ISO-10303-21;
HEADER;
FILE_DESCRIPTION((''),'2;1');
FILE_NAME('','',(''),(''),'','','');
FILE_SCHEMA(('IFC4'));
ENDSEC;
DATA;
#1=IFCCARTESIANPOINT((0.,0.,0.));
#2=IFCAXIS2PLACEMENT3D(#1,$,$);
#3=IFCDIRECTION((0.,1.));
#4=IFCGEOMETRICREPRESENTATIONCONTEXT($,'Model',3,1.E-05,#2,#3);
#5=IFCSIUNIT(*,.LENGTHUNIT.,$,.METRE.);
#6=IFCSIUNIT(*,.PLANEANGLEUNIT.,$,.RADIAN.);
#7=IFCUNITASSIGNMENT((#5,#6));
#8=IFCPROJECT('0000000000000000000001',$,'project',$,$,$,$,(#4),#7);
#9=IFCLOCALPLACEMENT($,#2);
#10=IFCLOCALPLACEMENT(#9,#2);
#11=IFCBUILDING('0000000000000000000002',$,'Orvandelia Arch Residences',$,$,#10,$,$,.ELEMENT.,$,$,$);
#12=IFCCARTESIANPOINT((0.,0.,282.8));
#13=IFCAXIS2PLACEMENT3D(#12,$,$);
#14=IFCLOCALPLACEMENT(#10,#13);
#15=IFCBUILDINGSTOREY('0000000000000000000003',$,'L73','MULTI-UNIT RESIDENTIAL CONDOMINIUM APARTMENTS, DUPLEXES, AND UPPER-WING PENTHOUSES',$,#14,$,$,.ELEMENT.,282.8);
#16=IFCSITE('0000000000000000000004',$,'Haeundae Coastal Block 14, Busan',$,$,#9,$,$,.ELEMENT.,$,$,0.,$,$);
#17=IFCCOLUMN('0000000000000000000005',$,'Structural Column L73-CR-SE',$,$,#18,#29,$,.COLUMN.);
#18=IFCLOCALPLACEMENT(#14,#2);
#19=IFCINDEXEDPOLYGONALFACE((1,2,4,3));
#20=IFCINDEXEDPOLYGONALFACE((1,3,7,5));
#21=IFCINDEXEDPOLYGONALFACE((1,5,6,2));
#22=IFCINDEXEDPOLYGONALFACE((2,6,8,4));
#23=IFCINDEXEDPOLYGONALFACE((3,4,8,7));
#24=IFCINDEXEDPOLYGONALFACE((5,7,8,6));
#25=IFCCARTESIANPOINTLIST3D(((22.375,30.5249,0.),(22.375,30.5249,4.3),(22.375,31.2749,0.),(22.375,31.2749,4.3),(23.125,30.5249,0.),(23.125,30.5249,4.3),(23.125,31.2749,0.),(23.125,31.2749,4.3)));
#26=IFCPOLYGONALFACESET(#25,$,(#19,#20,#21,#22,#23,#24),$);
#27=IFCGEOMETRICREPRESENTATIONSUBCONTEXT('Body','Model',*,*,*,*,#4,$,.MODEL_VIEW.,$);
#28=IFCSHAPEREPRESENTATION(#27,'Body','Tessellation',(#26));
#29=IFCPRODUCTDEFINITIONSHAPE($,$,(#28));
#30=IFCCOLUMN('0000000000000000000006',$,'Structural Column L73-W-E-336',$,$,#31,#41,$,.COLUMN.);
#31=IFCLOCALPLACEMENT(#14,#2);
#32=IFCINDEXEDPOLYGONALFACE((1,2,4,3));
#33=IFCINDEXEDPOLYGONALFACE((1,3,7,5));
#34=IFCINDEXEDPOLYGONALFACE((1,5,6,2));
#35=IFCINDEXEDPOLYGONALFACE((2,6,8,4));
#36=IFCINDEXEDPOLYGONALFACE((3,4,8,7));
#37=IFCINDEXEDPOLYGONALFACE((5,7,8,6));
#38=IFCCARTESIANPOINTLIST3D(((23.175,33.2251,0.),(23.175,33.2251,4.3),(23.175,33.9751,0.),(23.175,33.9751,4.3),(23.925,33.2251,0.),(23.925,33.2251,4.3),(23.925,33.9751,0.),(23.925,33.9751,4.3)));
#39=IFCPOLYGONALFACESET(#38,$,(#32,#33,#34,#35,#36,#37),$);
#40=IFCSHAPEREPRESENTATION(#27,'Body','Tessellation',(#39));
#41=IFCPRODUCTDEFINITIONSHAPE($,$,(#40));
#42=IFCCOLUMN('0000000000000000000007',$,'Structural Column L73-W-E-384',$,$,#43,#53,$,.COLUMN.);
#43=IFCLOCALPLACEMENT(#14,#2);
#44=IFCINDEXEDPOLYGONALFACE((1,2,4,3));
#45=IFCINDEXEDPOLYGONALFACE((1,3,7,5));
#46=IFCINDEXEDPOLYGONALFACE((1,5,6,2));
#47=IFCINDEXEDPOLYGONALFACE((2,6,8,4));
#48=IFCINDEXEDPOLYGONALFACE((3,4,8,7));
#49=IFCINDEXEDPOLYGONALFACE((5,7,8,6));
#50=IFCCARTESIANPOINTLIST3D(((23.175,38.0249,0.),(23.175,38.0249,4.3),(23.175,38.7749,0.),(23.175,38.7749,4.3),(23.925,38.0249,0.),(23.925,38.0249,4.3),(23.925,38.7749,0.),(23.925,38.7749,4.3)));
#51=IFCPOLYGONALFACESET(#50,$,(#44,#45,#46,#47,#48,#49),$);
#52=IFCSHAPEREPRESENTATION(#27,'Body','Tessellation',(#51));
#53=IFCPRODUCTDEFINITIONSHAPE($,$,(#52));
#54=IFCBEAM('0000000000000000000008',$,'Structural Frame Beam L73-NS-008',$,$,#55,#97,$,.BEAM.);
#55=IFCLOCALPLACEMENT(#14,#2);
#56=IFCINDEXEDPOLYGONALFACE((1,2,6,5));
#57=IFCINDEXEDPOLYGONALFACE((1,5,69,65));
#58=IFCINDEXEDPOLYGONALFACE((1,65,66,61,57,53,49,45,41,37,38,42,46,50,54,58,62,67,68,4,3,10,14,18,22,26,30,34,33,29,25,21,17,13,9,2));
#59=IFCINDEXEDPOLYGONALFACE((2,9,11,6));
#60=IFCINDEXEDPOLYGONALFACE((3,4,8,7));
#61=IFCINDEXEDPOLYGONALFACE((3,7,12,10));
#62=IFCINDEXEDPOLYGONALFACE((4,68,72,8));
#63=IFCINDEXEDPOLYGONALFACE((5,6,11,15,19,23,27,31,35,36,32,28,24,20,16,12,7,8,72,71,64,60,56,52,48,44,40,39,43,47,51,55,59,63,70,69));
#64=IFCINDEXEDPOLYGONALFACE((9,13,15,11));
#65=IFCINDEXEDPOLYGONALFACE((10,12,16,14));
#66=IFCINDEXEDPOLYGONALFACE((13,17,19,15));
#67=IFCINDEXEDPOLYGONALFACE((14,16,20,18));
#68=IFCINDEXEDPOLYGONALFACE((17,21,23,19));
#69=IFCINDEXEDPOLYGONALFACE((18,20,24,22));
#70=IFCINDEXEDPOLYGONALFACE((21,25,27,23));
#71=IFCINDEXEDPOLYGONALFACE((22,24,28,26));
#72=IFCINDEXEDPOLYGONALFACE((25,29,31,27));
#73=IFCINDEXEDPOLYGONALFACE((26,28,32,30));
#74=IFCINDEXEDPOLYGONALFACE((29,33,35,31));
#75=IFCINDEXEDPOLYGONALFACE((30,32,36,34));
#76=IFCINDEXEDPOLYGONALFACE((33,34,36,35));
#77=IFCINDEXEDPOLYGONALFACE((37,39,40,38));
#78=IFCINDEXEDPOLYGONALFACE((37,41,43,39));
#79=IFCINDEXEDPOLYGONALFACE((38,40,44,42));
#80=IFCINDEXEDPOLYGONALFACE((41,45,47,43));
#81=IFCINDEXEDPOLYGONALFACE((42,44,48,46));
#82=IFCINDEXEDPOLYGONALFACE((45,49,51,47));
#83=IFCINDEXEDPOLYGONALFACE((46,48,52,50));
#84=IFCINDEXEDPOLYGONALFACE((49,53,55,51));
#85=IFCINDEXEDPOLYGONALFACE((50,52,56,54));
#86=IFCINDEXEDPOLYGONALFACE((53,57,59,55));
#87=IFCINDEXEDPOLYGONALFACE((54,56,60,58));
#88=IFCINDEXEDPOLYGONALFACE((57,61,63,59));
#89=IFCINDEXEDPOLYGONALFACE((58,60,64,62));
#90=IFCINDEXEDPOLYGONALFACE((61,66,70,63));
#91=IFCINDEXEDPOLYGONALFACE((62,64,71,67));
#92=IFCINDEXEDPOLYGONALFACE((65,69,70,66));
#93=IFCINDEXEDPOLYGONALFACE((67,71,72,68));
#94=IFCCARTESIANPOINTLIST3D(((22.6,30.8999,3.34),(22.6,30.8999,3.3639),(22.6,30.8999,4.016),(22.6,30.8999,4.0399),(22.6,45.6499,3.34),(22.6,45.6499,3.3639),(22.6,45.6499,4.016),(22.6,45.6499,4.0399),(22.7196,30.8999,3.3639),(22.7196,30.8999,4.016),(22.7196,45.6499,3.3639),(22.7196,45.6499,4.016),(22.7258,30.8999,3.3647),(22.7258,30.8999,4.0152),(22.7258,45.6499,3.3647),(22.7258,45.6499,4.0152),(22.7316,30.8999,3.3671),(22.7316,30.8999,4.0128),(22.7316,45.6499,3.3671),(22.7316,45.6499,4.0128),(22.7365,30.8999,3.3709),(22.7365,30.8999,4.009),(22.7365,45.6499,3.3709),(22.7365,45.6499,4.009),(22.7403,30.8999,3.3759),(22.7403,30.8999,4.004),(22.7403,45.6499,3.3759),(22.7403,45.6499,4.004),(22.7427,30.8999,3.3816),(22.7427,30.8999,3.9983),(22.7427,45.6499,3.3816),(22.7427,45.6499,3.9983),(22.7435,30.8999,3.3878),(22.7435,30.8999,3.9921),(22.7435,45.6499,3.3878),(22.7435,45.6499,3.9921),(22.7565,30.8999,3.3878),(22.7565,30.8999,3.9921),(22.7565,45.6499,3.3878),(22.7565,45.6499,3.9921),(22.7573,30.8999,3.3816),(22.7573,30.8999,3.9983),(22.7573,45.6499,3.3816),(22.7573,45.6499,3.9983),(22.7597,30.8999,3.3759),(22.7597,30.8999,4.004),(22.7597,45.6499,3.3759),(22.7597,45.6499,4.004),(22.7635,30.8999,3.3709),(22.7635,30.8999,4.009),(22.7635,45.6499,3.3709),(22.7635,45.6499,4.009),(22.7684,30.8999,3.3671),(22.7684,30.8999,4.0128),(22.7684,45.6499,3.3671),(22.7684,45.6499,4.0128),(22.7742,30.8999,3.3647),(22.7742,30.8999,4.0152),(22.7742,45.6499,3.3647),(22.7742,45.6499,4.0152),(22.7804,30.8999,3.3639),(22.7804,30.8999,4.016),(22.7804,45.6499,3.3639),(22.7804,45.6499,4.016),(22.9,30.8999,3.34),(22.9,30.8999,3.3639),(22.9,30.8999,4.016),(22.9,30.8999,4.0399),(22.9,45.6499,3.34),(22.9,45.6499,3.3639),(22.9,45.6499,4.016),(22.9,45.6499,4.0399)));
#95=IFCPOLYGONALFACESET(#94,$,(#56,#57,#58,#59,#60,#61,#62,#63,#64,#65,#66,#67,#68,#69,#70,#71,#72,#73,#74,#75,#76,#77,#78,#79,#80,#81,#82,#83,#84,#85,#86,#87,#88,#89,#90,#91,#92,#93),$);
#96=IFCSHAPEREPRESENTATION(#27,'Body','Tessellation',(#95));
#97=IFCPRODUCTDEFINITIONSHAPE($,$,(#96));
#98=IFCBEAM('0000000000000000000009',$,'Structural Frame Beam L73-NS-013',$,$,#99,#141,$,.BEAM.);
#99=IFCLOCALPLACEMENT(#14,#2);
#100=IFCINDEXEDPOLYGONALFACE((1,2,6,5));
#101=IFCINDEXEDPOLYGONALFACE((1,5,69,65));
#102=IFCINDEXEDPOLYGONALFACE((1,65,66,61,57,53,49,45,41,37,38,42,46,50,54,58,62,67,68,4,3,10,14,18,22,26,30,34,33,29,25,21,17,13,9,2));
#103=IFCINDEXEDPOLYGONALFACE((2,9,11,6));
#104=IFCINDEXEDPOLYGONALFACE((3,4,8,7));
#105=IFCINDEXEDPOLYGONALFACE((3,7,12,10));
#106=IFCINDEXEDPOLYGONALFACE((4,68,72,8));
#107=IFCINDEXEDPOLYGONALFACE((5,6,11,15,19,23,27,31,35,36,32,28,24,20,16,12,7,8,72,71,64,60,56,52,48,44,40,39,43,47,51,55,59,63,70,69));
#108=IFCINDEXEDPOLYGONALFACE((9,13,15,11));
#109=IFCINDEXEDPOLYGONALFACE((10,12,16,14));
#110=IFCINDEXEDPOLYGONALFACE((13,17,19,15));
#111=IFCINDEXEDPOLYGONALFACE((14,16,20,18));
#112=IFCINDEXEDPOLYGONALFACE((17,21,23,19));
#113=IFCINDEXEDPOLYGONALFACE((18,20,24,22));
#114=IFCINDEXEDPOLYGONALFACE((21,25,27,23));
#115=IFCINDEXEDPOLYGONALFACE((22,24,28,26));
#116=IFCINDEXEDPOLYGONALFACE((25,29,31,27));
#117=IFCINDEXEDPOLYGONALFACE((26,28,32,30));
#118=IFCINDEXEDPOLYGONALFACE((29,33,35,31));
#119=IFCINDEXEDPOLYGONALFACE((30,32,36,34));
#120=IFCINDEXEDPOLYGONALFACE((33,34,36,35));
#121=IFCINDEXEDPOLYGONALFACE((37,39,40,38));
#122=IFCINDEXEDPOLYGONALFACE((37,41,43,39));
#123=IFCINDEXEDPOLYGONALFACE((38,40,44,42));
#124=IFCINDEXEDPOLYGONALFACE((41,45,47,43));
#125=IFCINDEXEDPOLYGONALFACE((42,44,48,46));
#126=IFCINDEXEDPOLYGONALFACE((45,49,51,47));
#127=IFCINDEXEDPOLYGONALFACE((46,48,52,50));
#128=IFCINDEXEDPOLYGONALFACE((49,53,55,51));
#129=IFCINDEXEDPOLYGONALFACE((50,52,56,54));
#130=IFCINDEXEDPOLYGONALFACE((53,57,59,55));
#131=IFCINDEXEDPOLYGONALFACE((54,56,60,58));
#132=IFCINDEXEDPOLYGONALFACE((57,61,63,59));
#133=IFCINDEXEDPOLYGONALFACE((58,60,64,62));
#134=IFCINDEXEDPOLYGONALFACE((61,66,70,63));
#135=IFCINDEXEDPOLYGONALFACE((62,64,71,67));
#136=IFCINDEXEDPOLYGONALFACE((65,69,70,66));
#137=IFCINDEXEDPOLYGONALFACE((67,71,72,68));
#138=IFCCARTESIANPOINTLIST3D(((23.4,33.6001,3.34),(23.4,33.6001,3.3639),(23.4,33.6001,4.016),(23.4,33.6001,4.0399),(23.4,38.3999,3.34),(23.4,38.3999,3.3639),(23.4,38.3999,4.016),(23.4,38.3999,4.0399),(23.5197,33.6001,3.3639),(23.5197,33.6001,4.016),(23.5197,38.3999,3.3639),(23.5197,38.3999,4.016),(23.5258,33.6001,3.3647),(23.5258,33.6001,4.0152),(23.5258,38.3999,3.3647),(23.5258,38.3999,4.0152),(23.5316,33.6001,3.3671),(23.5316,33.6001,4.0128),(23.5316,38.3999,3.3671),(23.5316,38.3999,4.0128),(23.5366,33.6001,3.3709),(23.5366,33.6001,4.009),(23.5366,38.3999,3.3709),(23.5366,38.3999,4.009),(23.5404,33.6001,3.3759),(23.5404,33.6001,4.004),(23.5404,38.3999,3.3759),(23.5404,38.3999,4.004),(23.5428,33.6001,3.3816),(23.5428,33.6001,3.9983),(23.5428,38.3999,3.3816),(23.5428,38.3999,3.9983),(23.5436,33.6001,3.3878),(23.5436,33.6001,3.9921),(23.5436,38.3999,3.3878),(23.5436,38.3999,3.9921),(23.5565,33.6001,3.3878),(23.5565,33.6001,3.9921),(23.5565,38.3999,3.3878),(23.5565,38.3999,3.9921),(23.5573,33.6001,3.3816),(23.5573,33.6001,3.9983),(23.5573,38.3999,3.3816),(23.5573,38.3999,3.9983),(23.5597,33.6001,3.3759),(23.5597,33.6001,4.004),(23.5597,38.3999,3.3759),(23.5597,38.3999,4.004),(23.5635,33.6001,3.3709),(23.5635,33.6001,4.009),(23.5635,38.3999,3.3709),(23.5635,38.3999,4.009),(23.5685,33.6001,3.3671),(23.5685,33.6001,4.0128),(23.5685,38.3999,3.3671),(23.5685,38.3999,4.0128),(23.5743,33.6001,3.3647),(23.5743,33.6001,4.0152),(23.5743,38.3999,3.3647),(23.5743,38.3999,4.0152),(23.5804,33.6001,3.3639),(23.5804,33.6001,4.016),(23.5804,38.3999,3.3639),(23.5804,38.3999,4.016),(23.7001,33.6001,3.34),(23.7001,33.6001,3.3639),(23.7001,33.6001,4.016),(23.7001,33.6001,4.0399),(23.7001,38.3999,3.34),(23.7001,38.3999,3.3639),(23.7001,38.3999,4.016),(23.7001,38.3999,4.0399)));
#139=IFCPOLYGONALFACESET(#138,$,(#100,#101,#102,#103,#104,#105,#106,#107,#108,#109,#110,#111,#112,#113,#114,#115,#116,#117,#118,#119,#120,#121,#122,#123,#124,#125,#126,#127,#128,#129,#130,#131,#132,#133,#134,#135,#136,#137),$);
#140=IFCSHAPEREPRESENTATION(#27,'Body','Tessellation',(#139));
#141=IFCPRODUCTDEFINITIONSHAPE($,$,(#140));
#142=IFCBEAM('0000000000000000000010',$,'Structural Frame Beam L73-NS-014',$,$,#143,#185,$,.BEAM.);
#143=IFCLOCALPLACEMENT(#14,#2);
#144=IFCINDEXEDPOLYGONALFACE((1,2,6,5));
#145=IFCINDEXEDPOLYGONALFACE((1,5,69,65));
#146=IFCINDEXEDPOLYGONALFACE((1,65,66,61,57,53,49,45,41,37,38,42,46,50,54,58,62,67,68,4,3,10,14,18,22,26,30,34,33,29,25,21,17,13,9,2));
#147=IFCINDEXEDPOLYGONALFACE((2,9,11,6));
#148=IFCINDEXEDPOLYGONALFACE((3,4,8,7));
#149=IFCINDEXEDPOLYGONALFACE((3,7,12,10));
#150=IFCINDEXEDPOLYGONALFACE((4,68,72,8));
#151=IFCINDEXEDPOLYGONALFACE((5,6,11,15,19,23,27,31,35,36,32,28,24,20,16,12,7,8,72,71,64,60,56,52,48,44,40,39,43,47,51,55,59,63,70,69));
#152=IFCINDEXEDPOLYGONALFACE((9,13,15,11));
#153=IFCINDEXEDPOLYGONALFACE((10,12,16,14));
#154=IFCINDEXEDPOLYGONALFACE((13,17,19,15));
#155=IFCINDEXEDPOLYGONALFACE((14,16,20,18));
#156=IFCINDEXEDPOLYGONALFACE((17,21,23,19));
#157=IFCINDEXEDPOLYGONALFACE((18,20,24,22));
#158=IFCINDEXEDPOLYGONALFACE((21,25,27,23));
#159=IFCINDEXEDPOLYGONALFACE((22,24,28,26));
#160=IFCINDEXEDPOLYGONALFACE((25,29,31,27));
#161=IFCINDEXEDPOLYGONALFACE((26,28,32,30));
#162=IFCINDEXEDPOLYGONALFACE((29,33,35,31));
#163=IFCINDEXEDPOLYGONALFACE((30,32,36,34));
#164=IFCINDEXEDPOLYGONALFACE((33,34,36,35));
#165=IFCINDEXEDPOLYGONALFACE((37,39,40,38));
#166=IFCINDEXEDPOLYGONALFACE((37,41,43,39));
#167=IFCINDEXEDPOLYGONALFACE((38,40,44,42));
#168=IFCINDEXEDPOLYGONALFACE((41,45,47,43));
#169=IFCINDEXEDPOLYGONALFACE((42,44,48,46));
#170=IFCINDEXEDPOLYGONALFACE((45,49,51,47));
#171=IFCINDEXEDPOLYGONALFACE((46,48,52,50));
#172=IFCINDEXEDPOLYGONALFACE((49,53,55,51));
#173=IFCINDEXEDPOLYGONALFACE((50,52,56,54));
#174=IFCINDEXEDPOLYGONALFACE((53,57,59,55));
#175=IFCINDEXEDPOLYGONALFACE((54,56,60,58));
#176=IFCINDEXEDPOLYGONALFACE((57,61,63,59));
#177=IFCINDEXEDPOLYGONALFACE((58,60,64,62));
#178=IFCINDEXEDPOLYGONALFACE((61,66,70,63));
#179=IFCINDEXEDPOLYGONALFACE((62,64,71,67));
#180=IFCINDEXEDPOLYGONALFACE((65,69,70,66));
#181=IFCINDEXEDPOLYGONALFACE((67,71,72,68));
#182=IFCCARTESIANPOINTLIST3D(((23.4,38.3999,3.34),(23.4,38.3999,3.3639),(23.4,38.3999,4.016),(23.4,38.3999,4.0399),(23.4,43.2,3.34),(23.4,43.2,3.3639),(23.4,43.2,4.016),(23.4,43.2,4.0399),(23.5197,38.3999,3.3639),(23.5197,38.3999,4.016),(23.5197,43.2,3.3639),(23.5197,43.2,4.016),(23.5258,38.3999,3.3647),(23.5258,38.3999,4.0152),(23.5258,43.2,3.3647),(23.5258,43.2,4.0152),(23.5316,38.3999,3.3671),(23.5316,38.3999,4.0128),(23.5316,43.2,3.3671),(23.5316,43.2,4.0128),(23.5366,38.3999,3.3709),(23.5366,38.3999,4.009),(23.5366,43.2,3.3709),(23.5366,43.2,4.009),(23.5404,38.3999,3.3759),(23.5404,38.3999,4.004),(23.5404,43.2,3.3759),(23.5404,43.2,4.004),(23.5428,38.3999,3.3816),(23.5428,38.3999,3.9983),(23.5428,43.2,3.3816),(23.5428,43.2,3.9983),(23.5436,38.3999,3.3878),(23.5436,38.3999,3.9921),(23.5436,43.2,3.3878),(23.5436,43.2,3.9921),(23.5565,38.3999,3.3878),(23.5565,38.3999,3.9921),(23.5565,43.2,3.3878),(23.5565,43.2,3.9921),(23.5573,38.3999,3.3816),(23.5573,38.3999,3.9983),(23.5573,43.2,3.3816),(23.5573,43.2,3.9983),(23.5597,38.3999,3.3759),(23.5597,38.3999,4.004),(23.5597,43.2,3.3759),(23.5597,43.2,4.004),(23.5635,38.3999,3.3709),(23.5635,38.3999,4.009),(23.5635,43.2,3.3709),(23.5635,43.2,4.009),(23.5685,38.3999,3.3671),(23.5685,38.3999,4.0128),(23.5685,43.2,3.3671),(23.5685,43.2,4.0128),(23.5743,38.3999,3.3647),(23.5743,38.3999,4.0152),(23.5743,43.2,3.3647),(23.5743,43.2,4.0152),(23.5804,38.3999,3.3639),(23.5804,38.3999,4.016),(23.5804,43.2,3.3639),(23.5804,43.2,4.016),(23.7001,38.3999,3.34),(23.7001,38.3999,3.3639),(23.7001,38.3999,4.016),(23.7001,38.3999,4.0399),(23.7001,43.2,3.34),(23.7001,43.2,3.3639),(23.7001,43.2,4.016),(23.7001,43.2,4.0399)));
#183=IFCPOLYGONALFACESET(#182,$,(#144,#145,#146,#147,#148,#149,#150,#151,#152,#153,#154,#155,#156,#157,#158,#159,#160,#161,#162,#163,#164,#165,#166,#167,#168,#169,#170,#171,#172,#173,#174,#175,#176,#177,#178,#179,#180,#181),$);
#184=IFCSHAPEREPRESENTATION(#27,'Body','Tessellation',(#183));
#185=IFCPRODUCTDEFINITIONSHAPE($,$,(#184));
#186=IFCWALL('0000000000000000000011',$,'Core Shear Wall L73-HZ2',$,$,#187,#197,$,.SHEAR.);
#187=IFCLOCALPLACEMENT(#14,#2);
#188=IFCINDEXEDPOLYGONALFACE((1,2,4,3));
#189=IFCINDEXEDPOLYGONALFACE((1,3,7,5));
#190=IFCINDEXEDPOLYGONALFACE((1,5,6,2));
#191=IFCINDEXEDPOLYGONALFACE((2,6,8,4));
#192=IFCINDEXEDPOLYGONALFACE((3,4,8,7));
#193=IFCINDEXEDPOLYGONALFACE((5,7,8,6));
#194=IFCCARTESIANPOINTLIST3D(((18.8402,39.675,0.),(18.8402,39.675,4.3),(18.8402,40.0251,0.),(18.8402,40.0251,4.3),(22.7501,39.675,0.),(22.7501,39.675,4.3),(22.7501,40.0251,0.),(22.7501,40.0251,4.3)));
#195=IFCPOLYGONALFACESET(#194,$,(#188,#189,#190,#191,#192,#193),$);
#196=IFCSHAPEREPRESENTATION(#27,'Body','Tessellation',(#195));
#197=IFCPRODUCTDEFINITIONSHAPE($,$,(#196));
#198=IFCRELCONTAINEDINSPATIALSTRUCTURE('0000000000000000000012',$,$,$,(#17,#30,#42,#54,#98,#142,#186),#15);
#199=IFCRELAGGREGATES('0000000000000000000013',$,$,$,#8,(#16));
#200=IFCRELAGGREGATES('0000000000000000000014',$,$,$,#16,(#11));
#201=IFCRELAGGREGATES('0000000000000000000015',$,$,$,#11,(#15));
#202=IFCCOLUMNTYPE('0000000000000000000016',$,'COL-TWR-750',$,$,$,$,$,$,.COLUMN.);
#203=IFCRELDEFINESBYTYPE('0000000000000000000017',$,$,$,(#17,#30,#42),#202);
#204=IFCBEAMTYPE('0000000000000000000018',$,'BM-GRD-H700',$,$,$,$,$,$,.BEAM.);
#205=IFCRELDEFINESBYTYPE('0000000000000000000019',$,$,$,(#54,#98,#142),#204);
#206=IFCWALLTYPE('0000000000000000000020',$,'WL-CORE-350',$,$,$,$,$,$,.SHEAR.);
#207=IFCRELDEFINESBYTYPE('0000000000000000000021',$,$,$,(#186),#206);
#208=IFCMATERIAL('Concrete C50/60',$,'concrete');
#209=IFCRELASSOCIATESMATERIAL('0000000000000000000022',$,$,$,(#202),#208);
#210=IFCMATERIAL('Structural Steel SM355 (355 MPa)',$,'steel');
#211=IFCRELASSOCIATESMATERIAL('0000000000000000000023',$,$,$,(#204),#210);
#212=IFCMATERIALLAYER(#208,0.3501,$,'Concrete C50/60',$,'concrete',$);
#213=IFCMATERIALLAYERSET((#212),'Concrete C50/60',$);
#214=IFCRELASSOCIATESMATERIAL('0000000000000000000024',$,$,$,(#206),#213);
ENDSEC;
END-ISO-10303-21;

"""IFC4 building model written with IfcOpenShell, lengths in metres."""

from ifc_helpers import new_model, si_unit, direction, frame, frame_2d, origin, origin_2d, place, context, subcontext, project, spatial, rectangle, i_section, extrude, material, layer, layer_set, material_profile, profile_set, type_object, element, save


model = new_model("IFC4")

# Units and contexts
model_context = context("Model", 3, precision=1e-05, world=origin(), true_north=direction((0.0, 1.0)))
body_context = subcontext(model_context, "Body", "Model", "MODEL_VIEW")
ifc_project = project(units=[si_unit("LENGTHUNIT", "METRE"), si_unit("PLANEANGLEUNIT", "RADIAN")], contexts=[model_context])

# Site, building, storey
site_placement = place(None, origin())
site = spatial("IfcSite", under=ifc_project, at=site_placement, Name="Haeundae Coastal Block 14, Busan", CompositionType="ELEMENT", RefElevation=0.0)
building_placement = place(site_placement, origin())
building = spatial("IfcBuilding", under=site, at=building_placement, Name="Orvandelia Arch Residences", CompositionType="ELEMENT")
storey_placement = place(building_placement, frame((0.0, 0.0, 282.8)))
storey = spatial("IfcBuildingStorey", under=building, at=storey_placement, Name="L73", Description="MULTI-UNIT RESIDENTIAL CONDOMINIUM APARTMENTS, DUPLEXES, AND UPPER-WING PENTHOUSES", CompositionType="ELEMENT", Elevation=282.8)

# Columns
ifc_material_1 = material(Name="Concrete C50/60", Category="concrete")
ifc_material_profile_1 = material_profile(ifc_material_1, rectangle(XDim=0.75, YDim=0.75, at=origin_2d()), Name="Concrete C50/60", Category="concrete")
ifc_profile_set_1 = profile_set([ifc_material_profile_1], Name="Concrete C50/60")
column_type = type_object("IfcColumnType", Name="COL-TWR-750", PredefinedType="COLUMN", material=ifc_profile_set_1)
for number, where, z_axis, x_axis, name in (
    (1, (22.75, 30.8999, 0.0), (0.0, 0.0, 1.0), (1.0, 0.0, 0.0), "Structural Column L73-CR-SE"),
    (2, (23.55, 33.6001, 0.0), (0.0, 0.0, 1.0), (1.0, 0.0, 0.0), "Structural Column L73-W-E-336"),
    (3, (23.55, 38.3999, 0.0), (0.0, 0.0, 1.0), (1.0, 0.0, 0.0), "Structural Column L73-W-E-384"),
):
    element("IfcColumn", number, at=place(storey_placement, frame(where, z_axis=z_axis, x_axis=x_axis)), inside=storey, type_object=column_type, Name=name, PredefinedType="COLUMN", context=body_context, shape_type="SweptSolid", body=[
        extrude(rectangle(XDim=0.75, YDim=0.75, at=origin_2d()), origin(), (0.0, 0.0, 1.0), 4.3),
    ])

# Beams
ifc_material_2 = material(Name="Structural Steel SM355 (355 MPa)", Category="steel")
ifc_material_profile_2 = material_profile(ifc_material_2, i_section(OverallWidth=0.3, OverallDepth=0.7, WebThickness=0.0129, FlangeThickness=0.0239, FilletRadius=0.0239, at=origin_2d()), Name="Structural Steel SM355 (355 MPa)", Category="steel")
ifc_profile_set_2 = profile_set([ifc_material_profile_2], Name="Structural Steel SM355 (355 MPa)")
beam_type = type_object("IfcBeamType", Name="BM-GRD-H700", PredefinedType="BEAM", material=ifc_profile_set_2)
beam_1_placement = place(storey_placement, frame((22.75, 30.8999, 3.6899), z_axis=(0.0, 1.0, 0.0), x_axis=(-1.0, 0.0, 0.0)))
element("IfcBeam", 4, at=beam_1_placement, inside=storey, type_object=beam_type, Name="Structural Frame Beam L73-NS-008", PredefinedType="BEAM", context=body_context, shape_type="SweptSolid", body=[
    extrude(i_section(OverallWidth=0.3, OverallDepth=0.7, WebThickness=0.0129, FlangeThickness=0.0239, FilletRadius=0.0239, at=origin_2d()), origin(), (0.0, 0.0, 1.0), 14.75),
])
beam_2_placement = place(storey_placement, frame((23.55, 33.6001, 3.6899), z_axis=(0.0, 1.0, 0.0), x_axis=(-1.0, 0.0, 0.0)))
element("IfcBeam", 5, at=beam_2_placement, inside=storey, type_object=beam_type, Name="Structural Frame Beam L73-NS-013", PredefinedType="BEAM", context=body_context, shape_type="SweptSolid", body=[
    extrude(i_section(OverallWidth=0.3, OverallDepth=0.7, WebThickness=0.0129, FlangeThickness=0.0239, FilletRadius=0.0239, at=origin_2d()), origin(), (0.0, 0.0, 1.0), 4.7998),
])
beam_3_placement = place(storey_placement, frame((23.55, 38.3999, 3.6899), z_axis=(0.0, 1.0, 0.0), x_axis=(-1.0, 0.0, 0.0)))
element("IfcBeam", 6, at=beam_3_placement, inside=storey, type_object=beam_type, Name="Structural Frame Beam L73-NS-014", PredefinedType="BEAM", context=body_context, shape_type="SweptSolid", body=[
    extrude(i_section(OverallWidth=0.3, OverallDepth=0.7, WebThickness=0.0129, FlangeThickness=0.0239, FilletRadius=0.0239, at=origin_2d()), origin(), (0.0, 0.0, 1.0), 4.8),
])

# Wall
ifc_layer_1 = layer(ifc_material_1, 0.3501, Name="Concrete C50/60", Category="concrete")
ifc_layer_set_1 = layer_set([ifc_layer_1], Name="Concrete C50/60")
wall_type_1 = type_object("IfcWallType", Name="WL-CORE-350", PredefinedType="SHEAR", material=ifc_layer_set_1)
wall_1_placement = place(storey_placement, frame((18.8401, 39.8501, 0.0), z_axis=(0.0, 0.0, 1.0), x_axis=(1.0, 0.0, 0.0)))
element("IfcWall", 7, at=wall_1_placement, inside=storey, type_object=wall_type_1, Name="Core Shear Wall L73-HZ2", PredefinedType="SHEAR", context=body_context, shape_type="SweptSolid", body=[
    extrude(rectangle(XDim=3.9099, YDim=0.3501, at=frame_2d((1.9551, 0.0))), origin(), (0.0, 0.0, 1.0), 4.3),
])

save(model, "model.ifc")
